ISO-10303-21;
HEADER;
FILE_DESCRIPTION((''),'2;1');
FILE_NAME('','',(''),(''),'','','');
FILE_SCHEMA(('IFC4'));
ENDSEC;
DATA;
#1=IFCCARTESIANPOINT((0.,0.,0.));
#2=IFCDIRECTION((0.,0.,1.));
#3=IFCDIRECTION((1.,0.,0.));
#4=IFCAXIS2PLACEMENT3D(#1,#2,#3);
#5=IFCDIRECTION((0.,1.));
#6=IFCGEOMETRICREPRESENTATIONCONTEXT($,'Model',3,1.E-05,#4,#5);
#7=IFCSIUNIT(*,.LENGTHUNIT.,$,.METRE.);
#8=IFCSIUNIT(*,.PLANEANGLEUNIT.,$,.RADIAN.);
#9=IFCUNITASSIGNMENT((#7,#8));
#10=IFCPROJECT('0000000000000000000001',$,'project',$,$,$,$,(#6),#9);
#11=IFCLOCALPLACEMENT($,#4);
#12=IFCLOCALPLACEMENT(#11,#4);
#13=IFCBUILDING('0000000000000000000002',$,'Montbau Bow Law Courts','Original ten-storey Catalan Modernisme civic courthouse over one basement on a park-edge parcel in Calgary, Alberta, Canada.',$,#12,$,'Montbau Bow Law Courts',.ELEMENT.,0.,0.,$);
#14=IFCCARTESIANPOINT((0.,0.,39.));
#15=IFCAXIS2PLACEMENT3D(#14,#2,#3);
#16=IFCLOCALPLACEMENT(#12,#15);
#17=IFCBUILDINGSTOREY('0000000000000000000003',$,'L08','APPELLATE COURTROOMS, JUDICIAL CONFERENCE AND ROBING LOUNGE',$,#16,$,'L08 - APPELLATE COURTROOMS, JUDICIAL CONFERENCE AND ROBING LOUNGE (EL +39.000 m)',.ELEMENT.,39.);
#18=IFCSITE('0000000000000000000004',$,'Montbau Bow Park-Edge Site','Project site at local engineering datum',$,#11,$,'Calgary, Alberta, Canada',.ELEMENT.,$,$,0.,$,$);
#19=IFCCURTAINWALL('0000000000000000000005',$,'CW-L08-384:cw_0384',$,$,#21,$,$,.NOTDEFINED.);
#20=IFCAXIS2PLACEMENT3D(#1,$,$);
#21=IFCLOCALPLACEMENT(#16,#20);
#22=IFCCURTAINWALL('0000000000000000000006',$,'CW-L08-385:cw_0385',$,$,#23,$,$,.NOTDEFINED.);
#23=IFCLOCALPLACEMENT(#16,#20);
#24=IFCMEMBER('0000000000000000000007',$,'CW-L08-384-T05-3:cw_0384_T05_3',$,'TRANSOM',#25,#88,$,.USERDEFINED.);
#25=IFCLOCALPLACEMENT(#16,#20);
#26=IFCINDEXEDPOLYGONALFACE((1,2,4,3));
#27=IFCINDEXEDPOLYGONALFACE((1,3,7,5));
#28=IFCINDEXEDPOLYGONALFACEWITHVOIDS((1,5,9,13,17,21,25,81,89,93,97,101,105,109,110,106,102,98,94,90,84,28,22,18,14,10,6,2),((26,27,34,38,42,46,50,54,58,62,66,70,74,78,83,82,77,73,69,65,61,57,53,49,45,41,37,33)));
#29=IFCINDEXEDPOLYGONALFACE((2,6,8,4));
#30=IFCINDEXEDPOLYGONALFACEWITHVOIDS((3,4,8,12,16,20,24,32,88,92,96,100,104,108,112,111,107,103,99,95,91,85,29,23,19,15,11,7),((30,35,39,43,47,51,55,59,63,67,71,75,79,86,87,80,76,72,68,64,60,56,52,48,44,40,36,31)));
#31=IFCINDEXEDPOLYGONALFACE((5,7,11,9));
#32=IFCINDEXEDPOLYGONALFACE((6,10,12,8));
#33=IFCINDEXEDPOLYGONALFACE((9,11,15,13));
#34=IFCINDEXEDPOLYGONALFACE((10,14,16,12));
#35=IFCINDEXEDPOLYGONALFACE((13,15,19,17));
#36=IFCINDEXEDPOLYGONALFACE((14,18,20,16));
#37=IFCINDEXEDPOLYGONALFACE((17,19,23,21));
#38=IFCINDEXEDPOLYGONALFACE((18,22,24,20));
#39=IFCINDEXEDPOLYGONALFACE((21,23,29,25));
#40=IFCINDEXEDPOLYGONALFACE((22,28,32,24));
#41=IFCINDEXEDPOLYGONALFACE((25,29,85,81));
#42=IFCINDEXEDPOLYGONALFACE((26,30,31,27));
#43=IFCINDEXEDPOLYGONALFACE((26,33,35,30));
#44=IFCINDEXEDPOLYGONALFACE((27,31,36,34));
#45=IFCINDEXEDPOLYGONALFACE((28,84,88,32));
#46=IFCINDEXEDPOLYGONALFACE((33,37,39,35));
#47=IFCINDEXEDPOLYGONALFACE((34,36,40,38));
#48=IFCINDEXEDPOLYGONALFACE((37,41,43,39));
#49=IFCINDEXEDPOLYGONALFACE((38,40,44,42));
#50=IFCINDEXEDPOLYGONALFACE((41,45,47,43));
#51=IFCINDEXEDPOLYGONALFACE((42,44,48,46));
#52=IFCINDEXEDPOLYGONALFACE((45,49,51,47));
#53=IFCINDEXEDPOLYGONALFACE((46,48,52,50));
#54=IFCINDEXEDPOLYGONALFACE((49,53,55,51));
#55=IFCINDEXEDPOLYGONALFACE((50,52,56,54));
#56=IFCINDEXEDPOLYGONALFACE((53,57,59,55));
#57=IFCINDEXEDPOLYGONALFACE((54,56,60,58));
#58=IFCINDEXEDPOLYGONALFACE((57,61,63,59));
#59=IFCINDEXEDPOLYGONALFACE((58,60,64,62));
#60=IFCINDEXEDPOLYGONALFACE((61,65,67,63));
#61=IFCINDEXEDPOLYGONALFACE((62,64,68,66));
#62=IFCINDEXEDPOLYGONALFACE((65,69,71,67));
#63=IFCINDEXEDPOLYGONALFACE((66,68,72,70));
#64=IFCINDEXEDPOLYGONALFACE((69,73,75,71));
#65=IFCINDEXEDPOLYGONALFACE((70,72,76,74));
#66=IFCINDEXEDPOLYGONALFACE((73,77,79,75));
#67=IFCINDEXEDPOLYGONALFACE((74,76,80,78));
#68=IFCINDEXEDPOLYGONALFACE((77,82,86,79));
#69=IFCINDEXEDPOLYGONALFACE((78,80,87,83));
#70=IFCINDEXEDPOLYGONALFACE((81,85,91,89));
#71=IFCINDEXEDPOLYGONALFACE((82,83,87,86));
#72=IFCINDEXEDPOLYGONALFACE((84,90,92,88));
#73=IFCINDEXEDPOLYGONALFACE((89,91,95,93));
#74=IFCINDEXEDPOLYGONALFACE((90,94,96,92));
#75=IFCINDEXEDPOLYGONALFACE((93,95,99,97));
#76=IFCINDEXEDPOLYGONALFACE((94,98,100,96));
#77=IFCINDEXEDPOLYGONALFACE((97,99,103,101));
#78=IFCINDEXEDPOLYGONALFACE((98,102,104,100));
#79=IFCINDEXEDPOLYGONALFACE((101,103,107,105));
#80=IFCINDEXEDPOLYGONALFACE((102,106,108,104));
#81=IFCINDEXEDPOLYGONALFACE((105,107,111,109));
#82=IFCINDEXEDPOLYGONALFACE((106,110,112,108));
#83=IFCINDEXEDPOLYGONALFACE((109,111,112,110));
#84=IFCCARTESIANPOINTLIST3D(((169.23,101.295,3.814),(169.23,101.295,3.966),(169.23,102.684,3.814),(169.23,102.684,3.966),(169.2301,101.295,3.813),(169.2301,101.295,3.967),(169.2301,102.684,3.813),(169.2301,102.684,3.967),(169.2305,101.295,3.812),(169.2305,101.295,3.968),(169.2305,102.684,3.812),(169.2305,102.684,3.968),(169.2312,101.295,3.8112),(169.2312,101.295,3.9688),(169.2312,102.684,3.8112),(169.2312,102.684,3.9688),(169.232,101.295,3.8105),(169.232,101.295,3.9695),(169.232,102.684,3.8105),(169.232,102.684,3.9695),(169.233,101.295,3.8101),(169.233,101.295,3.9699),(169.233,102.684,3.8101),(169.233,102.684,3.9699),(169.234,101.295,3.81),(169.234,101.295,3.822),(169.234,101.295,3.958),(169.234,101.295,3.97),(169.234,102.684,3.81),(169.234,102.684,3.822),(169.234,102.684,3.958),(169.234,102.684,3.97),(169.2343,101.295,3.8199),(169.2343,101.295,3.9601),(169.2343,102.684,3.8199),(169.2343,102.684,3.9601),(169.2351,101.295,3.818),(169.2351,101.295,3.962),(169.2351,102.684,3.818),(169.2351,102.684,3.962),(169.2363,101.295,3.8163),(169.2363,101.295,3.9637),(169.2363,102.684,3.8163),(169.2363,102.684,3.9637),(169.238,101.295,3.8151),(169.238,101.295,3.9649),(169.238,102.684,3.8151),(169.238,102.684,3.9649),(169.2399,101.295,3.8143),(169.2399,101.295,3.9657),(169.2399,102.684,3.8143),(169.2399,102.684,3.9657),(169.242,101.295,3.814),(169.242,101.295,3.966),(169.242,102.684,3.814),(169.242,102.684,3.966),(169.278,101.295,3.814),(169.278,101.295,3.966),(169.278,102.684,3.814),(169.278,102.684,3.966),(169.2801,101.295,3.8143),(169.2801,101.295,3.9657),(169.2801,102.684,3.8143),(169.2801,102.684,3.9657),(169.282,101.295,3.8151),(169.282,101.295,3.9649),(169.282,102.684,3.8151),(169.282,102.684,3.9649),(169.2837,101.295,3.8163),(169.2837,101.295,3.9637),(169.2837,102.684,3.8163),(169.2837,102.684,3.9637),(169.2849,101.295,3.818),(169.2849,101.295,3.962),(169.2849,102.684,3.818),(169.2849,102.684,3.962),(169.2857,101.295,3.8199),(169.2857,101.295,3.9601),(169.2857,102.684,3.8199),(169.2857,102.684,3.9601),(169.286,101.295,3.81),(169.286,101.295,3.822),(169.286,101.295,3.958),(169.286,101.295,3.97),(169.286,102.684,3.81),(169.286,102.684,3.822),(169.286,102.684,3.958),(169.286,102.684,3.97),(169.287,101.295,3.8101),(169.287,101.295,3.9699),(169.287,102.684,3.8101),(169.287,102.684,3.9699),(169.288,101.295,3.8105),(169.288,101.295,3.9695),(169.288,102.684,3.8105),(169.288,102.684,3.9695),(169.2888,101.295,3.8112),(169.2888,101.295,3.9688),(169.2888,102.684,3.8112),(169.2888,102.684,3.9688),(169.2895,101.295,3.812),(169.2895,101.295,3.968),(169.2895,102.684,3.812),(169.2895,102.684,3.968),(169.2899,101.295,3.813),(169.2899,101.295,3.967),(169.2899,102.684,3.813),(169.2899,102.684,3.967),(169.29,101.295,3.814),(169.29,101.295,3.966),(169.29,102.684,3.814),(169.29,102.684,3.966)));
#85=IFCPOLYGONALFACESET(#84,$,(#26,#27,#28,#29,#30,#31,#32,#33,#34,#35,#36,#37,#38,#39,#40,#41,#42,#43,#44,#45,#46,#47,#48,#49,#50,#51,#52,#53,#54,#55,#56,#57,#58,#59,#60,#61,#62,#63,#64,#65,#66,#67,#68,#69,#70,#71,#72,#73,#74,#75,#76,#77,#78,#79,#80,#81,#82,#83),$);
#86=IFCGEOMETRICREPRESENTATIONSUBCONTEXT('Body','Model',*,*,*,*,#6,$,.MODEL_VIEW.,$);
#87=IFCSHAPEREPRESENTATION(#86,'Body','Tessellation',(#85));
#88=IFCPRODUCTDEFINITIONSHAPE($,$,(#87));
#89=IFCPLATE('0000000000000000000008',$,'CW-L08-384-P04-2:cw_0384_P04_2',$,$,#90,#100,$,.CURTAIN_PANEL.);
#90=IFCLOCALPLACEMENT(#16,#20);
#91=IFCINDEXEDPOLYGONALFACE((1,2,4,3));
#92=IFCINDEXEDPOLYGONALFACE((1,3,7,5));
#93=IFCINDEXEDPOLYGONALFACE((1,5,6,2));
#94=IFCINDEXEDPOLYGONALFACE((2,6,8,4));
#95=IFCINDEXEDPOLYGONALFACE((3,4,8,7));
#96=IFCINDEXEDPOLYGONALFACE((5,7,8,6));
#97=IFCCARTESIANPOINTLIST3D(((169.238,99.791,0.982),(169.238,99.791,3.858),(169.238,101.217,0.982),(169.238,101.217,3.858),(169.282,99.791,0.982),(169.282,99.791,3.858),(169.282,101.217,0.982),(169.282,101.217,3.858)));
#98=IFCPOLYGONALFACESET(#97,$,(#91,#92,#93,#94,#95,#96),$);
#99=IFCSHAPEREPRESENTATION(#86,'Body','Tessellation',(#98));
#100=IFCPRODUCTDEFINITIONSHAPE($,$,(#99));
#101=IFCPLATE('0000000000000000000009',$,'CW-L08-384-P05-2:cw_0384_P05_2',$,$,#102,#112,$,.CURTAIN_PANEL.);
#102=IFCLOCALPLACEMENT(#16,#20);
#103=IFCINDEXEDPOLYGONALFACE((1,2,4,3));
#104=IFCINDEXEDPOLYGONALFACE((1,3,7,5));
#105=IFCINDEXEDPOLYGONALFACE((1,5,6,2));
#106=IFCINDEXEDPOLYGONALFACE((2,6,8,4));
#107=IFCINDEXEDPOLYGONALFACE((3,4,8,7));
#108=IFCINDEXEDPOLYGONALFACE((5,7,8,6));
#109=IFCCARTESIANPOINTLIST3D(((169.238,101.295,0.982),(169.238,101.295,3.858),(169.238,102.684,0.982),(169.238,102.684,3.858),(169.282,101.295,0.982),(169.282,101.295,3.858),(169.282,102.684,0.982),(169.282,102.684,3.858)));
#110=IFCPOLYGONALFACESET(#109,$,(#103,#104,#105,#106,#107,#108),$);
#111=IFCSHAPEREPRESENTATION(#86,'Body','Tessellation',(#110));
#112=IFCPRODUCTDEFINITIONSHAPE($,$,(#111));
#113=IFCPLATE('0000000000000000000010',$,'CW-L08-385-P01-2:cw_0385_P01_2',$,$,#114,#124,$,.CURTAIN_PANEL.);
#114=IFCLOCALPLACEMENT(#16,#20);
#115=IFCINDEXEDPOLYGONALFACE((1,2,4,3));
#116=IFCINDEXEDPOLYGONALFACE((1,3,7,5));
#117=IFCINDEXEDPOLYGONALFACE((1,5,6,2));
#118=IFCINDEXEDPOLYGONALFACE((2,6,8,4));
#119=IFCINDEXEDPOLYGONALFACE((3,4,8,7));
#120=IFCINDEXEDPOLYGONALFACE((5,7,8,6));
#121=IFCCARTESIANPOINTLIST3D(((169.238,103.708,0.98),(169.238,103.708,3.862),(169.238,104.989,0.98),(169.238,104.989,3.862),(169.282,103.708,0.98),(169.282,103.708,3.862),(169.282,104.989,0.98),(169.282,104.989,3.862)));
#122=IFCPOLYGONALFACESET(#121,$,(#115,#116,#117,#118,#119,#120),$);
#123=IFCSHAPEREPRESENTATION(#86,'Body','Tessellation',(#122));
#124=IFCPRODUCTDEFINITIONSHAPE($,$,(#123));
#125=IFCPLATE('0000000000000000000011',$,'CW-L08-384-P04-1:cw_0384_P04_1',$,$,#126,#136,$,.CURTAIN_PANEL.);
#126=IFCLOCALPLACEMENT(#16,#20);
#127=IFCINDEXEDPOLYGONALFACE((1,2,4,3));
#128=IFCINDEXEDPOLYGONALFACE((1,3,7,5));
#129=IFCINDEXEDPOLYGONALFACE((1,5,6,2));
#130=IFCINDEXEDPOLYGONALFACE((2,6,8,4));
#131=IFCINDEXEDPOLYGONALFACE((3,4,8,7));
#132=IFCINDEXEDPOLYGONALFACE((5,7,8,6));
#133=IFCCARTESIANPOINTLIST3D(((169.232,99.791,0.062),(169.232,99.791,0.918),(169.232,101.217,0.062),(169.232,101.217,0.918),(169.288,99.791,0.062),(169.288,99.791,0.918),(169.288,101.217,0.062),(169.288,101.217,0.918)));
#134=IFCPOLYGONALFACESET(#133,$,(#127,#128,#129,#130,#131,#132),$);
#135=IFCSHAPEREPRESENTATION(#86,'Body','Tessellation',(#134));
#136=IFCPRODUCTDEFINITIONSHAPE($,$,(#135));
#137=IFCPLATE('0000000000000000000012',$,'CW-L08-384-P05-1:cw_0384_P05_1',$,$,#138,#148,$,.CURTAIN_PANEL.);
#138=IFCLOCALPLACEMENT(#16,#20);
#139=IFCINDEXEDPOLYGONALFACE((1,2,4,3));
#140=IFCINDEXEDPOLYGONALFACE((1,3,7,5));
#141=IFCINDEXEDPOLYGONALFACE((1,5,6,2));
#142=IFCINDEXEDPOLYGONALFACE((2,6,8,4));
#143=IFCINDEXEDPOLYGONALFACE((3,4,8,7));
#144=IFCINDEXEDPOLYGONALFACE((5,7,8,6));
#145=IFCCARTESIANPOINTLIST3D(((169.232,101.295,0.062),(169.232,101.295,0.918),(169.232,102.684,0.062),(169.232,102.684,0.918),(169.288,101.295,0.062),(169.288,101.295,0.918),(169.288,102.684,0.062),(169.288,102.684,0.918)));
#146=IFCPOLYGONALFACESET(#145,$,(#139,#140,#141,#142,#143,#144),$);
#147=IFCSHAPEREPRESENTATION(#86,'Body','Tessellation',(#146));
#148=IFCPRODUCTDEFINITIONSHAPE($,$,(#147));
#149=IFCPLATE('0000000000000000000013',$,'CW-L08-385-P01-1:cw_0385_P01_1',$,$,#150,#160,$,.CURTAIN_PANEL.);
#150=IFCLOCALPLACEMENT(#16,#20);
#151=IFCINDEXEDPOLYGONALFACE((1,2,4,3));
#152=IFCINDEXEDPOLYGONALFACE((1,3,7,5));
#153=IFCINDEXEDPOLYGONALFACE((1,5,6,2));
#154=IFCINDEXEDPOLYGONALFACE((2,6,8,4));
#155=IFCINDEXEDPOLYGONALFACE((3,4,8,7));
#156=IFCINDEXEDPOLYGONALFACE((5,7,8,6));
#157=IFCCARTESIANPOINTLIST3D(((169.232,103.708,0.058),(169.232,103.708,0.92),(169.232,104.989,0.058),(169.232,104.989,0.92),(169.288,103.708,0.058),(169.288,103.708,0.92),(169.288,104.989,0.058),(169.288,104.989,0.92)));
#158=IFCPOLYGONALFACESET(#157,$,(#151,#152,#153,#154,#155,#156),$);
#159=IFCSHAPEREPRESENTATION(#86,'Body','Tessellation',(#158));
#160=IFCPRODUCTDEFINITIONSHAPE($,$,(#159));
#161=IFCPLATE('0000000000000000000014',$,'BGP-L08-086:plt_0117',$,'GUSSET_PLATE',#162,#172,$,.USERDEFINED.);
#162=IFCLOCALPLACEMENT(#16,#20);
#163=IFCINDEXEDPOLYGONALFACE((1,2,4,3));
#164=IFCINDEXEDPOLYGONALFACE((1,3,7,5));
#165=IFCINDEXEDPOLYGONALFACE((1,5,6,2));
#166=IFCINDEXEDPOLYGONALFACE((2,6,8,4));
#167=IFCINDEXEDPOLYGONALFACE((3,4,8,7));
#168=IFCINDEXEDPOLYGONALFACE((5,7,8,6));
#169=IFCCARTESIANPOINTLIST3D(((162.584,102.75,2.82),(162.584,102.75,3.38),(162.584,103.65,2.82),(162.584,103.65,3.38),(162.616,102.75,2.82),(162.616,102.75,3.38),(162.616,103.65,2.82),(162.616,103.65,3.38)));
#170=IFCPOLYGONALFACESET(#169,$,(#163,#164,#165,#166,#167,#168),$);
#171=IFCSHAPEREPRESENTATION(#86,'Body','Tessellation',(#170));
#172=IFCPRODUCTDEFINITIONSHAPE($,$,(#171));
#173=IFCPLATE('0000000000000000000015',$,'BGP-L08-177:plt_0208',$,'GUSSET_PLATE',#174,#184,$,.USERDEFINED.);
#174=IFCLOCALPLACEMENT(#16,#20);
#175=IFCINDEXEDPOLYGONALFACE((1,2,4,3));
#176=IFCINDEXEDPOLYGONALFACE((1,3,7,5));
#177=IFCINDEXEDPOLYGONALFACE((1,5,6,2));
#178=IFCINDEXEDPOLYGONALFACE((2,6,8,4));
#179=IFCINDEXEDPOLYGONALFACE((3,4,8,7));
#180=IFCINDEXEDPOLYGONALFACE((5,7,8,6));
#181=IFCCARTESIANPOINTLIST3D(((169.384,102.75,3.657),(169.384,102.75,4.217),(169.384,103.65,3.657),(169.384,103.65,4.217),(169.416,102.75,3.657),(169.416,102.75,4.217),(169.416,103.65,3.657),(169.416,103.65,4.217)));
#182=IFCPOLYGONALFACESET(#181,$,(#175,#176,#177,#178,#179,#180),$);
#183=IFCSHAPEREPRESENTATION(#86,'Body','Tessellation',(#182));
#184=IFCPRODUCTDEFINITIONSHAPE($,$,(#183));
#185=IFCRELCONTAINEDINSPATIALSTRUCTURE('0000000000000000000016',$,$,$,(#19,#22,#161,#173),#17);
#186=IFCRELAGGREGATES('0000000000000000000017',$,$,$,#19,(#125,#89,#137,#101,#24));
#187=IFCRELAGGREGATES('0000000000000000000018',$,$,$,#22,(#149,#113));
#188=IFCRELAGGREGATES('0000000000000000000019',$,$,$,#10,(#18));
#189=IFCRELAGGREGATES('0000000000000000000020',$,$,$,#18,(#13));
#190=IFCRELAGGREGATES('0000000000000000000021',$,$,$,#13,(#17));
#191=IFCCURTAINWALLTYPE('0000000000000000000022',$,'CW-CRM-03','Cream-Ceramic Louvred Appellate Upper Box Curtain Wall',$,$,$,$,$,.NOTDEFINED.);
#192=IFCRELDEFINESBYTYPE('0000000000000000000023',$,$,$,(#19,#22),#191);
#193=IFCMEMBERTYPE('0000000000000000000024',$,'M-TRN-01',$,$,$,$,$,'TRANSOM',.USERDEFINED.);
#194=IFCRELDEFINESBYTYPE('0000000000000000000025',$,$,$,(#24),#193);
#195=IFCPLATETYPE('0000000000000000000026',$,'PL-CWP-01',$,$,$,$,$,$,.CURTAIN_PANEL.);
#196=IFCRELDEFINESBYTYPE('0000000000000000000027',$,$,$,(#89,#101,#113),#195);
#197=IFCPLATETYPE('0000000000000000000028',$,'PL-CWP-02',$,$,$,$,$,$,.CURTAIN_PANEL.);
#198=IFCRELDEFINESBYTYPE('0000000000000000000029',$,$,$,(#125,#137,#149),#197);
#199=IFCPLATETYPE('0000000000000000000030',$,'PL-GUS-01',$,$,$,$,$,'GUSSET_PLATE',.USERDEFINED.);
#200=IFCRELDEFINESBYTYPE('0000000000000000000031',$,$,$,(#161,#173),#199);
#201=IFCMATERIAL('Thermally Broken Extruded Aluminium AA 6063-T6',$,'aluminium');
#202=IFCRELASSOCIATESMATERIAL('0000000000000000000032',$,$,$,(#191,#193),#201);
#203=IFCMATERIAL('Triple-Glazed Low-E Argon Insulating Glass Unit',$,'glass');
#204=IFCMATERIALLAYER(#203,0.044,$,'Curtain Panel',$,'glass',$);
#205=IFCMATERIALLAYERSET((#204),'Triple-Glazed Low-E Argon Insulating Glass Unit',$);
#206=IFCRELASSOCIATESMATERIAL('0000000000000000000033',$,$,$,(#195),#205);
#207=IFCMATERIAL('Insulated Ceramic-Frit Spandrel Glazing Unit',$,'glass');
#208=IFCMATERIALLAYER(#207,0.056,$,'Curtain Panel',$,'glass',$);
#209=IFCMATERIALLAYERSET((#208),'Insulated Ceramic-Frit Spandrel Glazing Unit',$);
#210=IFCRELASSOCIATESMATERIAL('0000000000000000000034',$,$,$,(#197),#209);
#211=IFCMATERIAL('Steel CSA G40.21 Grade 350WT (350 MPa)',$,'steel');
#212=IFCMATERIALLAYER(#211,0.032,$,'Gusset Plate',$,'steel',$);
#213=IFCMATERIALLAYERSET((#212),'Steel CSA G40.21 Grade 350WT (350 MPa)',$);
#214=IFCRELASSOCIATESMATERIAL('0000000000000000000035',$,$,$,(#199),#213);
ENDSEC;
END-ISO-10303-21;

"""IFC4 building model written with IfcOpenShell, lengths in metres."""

from ifc_helpers import new_model, si_unit, direction, frame, frame_2d, origin_with_axes, origin_2d_with_axis, place, context, subcontext, project, spatial, rectangle, hollow_rectangle, extrude, material, layer, layer_set, material_profile, profile_set, type_object, element, aggregate, save


model = new_model("IFC4")

# Units and contexts
model_context = context("Model", 3, precision=1e-05, world=origin_with_axes(), true_north=direction((0.0, 1.0)))
body_context = subcontext(model_context, "Body", "Model", "MODEL_VIEW")
ifc_project = project(units=[si_unit("LENGTHUNIT", "METRE"), si_unit("PLANEANGLEUNIT", "RADIAN")], contexts=[model_context])

# Site, building, storey
site_placement = place(None, origin_with_axes())
site = spatial("IfcSite", under=ifc_project, at=site_placement, Name="Montbau Bow Park-Edge Site", Description="Project site at local engineering datum", LongName="Calgary, Alberta, Canada", CompositionType="ELEMENT", RefElevation=0.0)
building_placement = place(site_placement, origin_with_axes())
building = spatial("IfcBuilding", under=site, at=building_placement, Name="Montbau Bow Law Courts", Description="Original ten-storey Catalan Modernisme civic courthouse over one basement on a park-edge parcel in Calgary, Alberta, Canada.", LongName="Montbau Bow Law Courts", CompositionType="ELEMENT", ElevationOfRefHeight=0.0, ElevationOfTerrain=0.0)
storey_placement = place(building_placement, frame((0.0, 0.0, 39.0), z_axis=(0.0, 0.0, 1.0), x_axis=(1.0, 0.0, 0.0)))
storey = spatial("IfcBuildingStorey", under=building, at=storey_placement, Name="L08", Description="APPELLATE COURTROOMS, JUDICIAL CONFERENCE AND ROBING LOUNGE", LongName="L08 - APPELLATE COURTROOMS, JUDICIAL CONFERENCE AND ROBING LOUNGE (EL +39.000 m)", CompositionType="ELEMENT", Elevation=39.0)

# Shared definitions
ifc_material_1 = material(Name="Steel CSA G40.21 Grade 350WT (350 MPa)", Category="steel")

# Curtain wall
ifc_material_2 = material(Name="Thermally Broken Extruded Aluminium AA 6063-T6", Category="aluminium")
curtain_wall_type = type_object("IfcCurtainWallType", Name="CW-CRM-03", Description="Cream-Ceramic Louvred Appellate Upper Box Curtain Wall", PredefinedType="NOTDEFINED", material=ifc_material_2)
curtain_wall_1_placement = place(None, frame((169.26, 95.24, 39.0), z_axis=(0.0, 0.0, 1.0), x_axis=(1.0, 0.0, 0.0)))
curtain_wall_1 = element("IfcCurtainWall", 1, at=curtain_wall_1_placement, inside=storey, type_object=curtain_wall_type, Name="CW-L08-384:cw_0384", PredefinedType="NOTDEFINED")

# Curtain wall
curtain_wall_2_placement = place(None, frame((169.26, 103.64, 39.0), z_axis=(0.0, 0.0, 1.0), x_axis=(1.0, 0.0, 0.0)))
curtain_wall_2 = element("IfcCurtainWall", 2, at=curtain_wall_2_placement, inside=storey, type_object=curtain_wall_type, Name="CW-L08-385:cw_0385", PredefinedType="NOTDEFINED")

# Member
ifc_material_profile_1 = material_profile(ifc_material_2, hollow_rectangle(XDim=0.06, YDim=0.16, WallThickness=0.004, InnerFilletRadius=0.008, OuterFilletRadius=0.004, at=origin_2d_with_axis()), Name="CWT-160X60", Category="Main", Priority=0)
ifc_profile_set_1 = profile_set([ifc_material_profile_1], Name="Thermally Broken Extruded Aluminium AA 6063-T6")
member_type_1 = type_object("IfcMemberType", Name="M-TRN-01", ElementType="TRANSOM", PredefinedType="USERDEFINED", material=ifc_profile_set_1)
member_1_placement = place(None, frame((169.26, 101.295, 42.89), z_axis=(0.0, 1.0, 0.0), x_axis=(-1.0, 0.0, 0.0)))
member_1 = element("IfcMember", 3, at=member_1_placement, type_object=member_type_1, Name="CW-L08-384-T05-3:cw_0384_T05_3", ObjectType="TRANSOM", PredefinedType="USERDEFINED", context=body_context, shape_type="SweptSolid", body=[
    extrude(hollow_rectangle(XDim=0.06, YDim=0.16, WallThickness=0.004, InnerFilletRadius=0.008, OuterFilletRadius=0.004, at=origin_2d_with_axis()), origin_with_axes(), (0.0, 0.0, 1.0), 1.389),
])

# Plates
ifc_material_3 = material(Name="Triple-Glazed Low-E Argon Insulating Glass Unit", Category="glass")
ifc_layer_1 = layer(ifc_material_3, 0.044, Name="Curtain Panel", Category="glass")
ifc_layer_set_1 = layer_set([ifc_layer_1], Name="Triple-Glazed Low-E Argon Insulating Glass Unit")
plate_type_1 = type_object("IfcPlateType", Name="PL-CWP-01", PredefinedType="CURTAIN_PANEL", material=ifc_layer_set_1)
plate_1_placement = place(None, frame((169.26, 99.791, 39.982), z_axis=(1.0, 0.0, 0.0), x_axis=(0.0, 1.0, 0.0)))
plate_1 = element("IfcPlate", 4, at=plate_1_placement, type_object=plate_type_1, Name="CW-L08-384-P04-2:cw_0384_P04_2", PredefinedType="CURTAIN_PANEL", context=body_context, shape_type="SweptSolid", body=[
    extrude(rectangle(XDim=1.426, YDim=2.876, at=frame_2d((0.713, 1.438), x_axis=(1.0, 0.0))), frame((0.0, 0.0, -0.022), z_axis=(0.0, 0.0, 1.0), x_axis=(1.0, 0.0, 0.0)), (0.0, 0.0, 1.0), 0.044),
])
plate_2_placement = place(None, frame((169.26, 101.295, 39.982), z_axis=(1.0, 0.0, 0.0), x_axis=(0.0, 1.0, 0.0)))
plate_2 = element("IfcPlate", 5, at=plate_2_placement, type_object=plate_type_1, Name="CW-L08-384-P05-2:cw_0384_P05_2", PredefinedType="CURTAIN_PANEL", context=body_context, shape_type="SweptSolid", body=[
    extrude(rectangle(XDim=1.389, YDim=2.876, at=frame_2d((0.6945, 1.438), x_axis=(1.0, 0.0))), frame((0.0, 0.0, -0.022), z_axis=(0.0, 0.0, 1.0), x_axis=(1.0, 0.0, 0.0)), (0.0, 0.0, 1.0), 0.044),
])
plate_3_placement = place(None, frame((169.26, 103.708, 39.98), z_axis=(1.0, 0.0, 0.0), x_axis=(0.0, 1.0, 0.0)))
plate_3 = element("IfcPlate", 6, at=plate_3_placement, type_object=plate_type_1, Name="CW-L08-385-P01-2:cw_0385_P01_2", PredefinedType="CURTAIN_PANEL", context=body_context, shape_type="SweptSolid", body=[
    extrude(rectangle(XDim=1.281, YDim=2.882, at=frame_2d((0.6405, 1.441), x_axis=(1.0, 0.0))), frame((0.0, 0.0, -0.022), z_axis=(0.0, 0.0, 1.0), x_axis=(1.0, 0.0, 0.0)), (0.0, 0.0, 1.0), 0.044),
])
ifc_material_4 = material(Name="Insulated Ceramic-Frit Spandrel Glazing Unit", Category="glass")
ifc_layer_2 = layer(ifc_material_4, 0.056, Name="Curtain Panel", Category="glass")
ifc_layer_set_2 = layer_set([ifc_layer_2], Name="Insulated Ceramic-Frit Spandrel Glazing Unit")
plate_type_2 = type_object("IfcPlateType", Name="PL-CWP-02", PredefinedType="CURTAIN_PANEL", material=ifc_layer_set_2)
plate_4_placement = place(None, frame((169.26, 99.791, 39.062), z_axis=(1.0, 0.0, 0.0), x_axis=(0.0, 1.0, 0.0)))
plate_4 = element("IfcPlate", 7, at=plate_4_placement, type_object=plate_type_2, Name="CW-L08-384-P04-1:cw_0384_P04_1", PredefinedType="CURTAIN_PANEL", context=body_context, shape_type="SweptSolid", body=[
    extrude(rectangle(XDim=1.426, YDim=0.856, at=frame_2d((0.713, 0.428), x_axis=(1.0, 0.0))), frame((0.0, 0.0, -0.028), z_axis=(0.0, 0.0, 1.0), x_axis=(1.0, 0.0, 0.0)), (0.0, 0.0, 1.0), 0.056),
])
plate_5_placement = place(None, frame((169.26, 101.295, 39.062), z_axis=(1.0, 0.0, 0.0), x_axis=(0.0, 1.0, 0.0)))
plate_5 = element("IfcPlate", 8, at=plate_5_placement, type_object=plate_type_2, Name="CW-L08-384-P05-1:cw_0384_P05_1", PredefinedType="CURTAIN_PANEL", context=body_context, shape_type="SweptSolid", body=[
    extrude(rectangle(XDim=1.389, YDim=0.856, at=frame_2d((0.6945, 0.428), x_axis=(1.0, 0.0))), frame((0.0, 0.0, -0.028), z_axis=(0.0, 0.0, 1.0), x_axis=(1.0, 0.0, 0.0)), (0.0, 0.0, 1.0), 0.056),
])
aggregate(curtain_wall_1, [plate_4, plate_1, plate_5, plate_2, member_1])
plate_6_placement = place(None, frame((169.26, 103.708, 39.058), z_axis=(1.0, 0.0, 0.0), x_axis=(0.0, 1.0, 0.0)))
plate_6 = element("IfcPlate", 9, at=plate_6_placement, type_object=plate_type_2, Name="CW-L08-385-P01-1:cw_0385_P01_1", PredefinedType="CURTAIN_PANEL", context=body_context, shape_type="SweptSolid", body=[
    extrude(rectangle(XDim=1.281, YDim=0.862, at=frame_2d((0.6405, 0.431), x_axis=(1.0, 0.0))), frame((0.0, 0.0, -0.028), z_axis=(0.0, 0.0, 1.0), x_axis=(1.0, 0.0, 0.0)), (0.0, 0.0, 1.0), 0.056),
])
aggregate(curtain_wall_2, [plate_6, plate_3])

# Plates
ifc_layer_3 = layer(ifc_material_1, 0.032, Name="Gusset Plate", Category="steel")
ifc_layer_set_3 = layer_set([ifc_layer_3], Name="Steel CSA G40.21 Grade 350WT (350 MPa)")
plate_type_3 = type_object("IfcPlateType", Name="PL-GUS-01", ElementType="GUSSET_PLATE", PredefinedType="USERDEFINED", material=ifc_layer_set_3)
for number, where, z_axis, x_axis, name in (
    (10, (162.6, 103.2, 41.82), (0.0, 0.0, 1.0), (0.0, 1.0, 0.0), "BGP-L08-086:plt_0117"),
    (11, (169.4, 103.2, 42.657), (0.0, 0.0, 1.0), (0.0, 1.0, 0.0), "BGP-L08-177:plt_0208"),
):
    element("IfcPlate", number, at=place(None, frame(where, z_axis=z_axis, x_axis=x_axis)), inside=storey, type_object=plate_type_3, Name=name, ObjectType="GUSSET_PLATE", PredefinedType="USERDEFINED", context=body_context, shape_type="SweptSolid", body=[
        extrude(rectangle(XDim=0.9, YDim=0.032, at=origin_2d_with_axis()), origin_with_axes(), (0.0, 0.0, 1.0), 0.56),
    ])

save(model, "model.ifc")
